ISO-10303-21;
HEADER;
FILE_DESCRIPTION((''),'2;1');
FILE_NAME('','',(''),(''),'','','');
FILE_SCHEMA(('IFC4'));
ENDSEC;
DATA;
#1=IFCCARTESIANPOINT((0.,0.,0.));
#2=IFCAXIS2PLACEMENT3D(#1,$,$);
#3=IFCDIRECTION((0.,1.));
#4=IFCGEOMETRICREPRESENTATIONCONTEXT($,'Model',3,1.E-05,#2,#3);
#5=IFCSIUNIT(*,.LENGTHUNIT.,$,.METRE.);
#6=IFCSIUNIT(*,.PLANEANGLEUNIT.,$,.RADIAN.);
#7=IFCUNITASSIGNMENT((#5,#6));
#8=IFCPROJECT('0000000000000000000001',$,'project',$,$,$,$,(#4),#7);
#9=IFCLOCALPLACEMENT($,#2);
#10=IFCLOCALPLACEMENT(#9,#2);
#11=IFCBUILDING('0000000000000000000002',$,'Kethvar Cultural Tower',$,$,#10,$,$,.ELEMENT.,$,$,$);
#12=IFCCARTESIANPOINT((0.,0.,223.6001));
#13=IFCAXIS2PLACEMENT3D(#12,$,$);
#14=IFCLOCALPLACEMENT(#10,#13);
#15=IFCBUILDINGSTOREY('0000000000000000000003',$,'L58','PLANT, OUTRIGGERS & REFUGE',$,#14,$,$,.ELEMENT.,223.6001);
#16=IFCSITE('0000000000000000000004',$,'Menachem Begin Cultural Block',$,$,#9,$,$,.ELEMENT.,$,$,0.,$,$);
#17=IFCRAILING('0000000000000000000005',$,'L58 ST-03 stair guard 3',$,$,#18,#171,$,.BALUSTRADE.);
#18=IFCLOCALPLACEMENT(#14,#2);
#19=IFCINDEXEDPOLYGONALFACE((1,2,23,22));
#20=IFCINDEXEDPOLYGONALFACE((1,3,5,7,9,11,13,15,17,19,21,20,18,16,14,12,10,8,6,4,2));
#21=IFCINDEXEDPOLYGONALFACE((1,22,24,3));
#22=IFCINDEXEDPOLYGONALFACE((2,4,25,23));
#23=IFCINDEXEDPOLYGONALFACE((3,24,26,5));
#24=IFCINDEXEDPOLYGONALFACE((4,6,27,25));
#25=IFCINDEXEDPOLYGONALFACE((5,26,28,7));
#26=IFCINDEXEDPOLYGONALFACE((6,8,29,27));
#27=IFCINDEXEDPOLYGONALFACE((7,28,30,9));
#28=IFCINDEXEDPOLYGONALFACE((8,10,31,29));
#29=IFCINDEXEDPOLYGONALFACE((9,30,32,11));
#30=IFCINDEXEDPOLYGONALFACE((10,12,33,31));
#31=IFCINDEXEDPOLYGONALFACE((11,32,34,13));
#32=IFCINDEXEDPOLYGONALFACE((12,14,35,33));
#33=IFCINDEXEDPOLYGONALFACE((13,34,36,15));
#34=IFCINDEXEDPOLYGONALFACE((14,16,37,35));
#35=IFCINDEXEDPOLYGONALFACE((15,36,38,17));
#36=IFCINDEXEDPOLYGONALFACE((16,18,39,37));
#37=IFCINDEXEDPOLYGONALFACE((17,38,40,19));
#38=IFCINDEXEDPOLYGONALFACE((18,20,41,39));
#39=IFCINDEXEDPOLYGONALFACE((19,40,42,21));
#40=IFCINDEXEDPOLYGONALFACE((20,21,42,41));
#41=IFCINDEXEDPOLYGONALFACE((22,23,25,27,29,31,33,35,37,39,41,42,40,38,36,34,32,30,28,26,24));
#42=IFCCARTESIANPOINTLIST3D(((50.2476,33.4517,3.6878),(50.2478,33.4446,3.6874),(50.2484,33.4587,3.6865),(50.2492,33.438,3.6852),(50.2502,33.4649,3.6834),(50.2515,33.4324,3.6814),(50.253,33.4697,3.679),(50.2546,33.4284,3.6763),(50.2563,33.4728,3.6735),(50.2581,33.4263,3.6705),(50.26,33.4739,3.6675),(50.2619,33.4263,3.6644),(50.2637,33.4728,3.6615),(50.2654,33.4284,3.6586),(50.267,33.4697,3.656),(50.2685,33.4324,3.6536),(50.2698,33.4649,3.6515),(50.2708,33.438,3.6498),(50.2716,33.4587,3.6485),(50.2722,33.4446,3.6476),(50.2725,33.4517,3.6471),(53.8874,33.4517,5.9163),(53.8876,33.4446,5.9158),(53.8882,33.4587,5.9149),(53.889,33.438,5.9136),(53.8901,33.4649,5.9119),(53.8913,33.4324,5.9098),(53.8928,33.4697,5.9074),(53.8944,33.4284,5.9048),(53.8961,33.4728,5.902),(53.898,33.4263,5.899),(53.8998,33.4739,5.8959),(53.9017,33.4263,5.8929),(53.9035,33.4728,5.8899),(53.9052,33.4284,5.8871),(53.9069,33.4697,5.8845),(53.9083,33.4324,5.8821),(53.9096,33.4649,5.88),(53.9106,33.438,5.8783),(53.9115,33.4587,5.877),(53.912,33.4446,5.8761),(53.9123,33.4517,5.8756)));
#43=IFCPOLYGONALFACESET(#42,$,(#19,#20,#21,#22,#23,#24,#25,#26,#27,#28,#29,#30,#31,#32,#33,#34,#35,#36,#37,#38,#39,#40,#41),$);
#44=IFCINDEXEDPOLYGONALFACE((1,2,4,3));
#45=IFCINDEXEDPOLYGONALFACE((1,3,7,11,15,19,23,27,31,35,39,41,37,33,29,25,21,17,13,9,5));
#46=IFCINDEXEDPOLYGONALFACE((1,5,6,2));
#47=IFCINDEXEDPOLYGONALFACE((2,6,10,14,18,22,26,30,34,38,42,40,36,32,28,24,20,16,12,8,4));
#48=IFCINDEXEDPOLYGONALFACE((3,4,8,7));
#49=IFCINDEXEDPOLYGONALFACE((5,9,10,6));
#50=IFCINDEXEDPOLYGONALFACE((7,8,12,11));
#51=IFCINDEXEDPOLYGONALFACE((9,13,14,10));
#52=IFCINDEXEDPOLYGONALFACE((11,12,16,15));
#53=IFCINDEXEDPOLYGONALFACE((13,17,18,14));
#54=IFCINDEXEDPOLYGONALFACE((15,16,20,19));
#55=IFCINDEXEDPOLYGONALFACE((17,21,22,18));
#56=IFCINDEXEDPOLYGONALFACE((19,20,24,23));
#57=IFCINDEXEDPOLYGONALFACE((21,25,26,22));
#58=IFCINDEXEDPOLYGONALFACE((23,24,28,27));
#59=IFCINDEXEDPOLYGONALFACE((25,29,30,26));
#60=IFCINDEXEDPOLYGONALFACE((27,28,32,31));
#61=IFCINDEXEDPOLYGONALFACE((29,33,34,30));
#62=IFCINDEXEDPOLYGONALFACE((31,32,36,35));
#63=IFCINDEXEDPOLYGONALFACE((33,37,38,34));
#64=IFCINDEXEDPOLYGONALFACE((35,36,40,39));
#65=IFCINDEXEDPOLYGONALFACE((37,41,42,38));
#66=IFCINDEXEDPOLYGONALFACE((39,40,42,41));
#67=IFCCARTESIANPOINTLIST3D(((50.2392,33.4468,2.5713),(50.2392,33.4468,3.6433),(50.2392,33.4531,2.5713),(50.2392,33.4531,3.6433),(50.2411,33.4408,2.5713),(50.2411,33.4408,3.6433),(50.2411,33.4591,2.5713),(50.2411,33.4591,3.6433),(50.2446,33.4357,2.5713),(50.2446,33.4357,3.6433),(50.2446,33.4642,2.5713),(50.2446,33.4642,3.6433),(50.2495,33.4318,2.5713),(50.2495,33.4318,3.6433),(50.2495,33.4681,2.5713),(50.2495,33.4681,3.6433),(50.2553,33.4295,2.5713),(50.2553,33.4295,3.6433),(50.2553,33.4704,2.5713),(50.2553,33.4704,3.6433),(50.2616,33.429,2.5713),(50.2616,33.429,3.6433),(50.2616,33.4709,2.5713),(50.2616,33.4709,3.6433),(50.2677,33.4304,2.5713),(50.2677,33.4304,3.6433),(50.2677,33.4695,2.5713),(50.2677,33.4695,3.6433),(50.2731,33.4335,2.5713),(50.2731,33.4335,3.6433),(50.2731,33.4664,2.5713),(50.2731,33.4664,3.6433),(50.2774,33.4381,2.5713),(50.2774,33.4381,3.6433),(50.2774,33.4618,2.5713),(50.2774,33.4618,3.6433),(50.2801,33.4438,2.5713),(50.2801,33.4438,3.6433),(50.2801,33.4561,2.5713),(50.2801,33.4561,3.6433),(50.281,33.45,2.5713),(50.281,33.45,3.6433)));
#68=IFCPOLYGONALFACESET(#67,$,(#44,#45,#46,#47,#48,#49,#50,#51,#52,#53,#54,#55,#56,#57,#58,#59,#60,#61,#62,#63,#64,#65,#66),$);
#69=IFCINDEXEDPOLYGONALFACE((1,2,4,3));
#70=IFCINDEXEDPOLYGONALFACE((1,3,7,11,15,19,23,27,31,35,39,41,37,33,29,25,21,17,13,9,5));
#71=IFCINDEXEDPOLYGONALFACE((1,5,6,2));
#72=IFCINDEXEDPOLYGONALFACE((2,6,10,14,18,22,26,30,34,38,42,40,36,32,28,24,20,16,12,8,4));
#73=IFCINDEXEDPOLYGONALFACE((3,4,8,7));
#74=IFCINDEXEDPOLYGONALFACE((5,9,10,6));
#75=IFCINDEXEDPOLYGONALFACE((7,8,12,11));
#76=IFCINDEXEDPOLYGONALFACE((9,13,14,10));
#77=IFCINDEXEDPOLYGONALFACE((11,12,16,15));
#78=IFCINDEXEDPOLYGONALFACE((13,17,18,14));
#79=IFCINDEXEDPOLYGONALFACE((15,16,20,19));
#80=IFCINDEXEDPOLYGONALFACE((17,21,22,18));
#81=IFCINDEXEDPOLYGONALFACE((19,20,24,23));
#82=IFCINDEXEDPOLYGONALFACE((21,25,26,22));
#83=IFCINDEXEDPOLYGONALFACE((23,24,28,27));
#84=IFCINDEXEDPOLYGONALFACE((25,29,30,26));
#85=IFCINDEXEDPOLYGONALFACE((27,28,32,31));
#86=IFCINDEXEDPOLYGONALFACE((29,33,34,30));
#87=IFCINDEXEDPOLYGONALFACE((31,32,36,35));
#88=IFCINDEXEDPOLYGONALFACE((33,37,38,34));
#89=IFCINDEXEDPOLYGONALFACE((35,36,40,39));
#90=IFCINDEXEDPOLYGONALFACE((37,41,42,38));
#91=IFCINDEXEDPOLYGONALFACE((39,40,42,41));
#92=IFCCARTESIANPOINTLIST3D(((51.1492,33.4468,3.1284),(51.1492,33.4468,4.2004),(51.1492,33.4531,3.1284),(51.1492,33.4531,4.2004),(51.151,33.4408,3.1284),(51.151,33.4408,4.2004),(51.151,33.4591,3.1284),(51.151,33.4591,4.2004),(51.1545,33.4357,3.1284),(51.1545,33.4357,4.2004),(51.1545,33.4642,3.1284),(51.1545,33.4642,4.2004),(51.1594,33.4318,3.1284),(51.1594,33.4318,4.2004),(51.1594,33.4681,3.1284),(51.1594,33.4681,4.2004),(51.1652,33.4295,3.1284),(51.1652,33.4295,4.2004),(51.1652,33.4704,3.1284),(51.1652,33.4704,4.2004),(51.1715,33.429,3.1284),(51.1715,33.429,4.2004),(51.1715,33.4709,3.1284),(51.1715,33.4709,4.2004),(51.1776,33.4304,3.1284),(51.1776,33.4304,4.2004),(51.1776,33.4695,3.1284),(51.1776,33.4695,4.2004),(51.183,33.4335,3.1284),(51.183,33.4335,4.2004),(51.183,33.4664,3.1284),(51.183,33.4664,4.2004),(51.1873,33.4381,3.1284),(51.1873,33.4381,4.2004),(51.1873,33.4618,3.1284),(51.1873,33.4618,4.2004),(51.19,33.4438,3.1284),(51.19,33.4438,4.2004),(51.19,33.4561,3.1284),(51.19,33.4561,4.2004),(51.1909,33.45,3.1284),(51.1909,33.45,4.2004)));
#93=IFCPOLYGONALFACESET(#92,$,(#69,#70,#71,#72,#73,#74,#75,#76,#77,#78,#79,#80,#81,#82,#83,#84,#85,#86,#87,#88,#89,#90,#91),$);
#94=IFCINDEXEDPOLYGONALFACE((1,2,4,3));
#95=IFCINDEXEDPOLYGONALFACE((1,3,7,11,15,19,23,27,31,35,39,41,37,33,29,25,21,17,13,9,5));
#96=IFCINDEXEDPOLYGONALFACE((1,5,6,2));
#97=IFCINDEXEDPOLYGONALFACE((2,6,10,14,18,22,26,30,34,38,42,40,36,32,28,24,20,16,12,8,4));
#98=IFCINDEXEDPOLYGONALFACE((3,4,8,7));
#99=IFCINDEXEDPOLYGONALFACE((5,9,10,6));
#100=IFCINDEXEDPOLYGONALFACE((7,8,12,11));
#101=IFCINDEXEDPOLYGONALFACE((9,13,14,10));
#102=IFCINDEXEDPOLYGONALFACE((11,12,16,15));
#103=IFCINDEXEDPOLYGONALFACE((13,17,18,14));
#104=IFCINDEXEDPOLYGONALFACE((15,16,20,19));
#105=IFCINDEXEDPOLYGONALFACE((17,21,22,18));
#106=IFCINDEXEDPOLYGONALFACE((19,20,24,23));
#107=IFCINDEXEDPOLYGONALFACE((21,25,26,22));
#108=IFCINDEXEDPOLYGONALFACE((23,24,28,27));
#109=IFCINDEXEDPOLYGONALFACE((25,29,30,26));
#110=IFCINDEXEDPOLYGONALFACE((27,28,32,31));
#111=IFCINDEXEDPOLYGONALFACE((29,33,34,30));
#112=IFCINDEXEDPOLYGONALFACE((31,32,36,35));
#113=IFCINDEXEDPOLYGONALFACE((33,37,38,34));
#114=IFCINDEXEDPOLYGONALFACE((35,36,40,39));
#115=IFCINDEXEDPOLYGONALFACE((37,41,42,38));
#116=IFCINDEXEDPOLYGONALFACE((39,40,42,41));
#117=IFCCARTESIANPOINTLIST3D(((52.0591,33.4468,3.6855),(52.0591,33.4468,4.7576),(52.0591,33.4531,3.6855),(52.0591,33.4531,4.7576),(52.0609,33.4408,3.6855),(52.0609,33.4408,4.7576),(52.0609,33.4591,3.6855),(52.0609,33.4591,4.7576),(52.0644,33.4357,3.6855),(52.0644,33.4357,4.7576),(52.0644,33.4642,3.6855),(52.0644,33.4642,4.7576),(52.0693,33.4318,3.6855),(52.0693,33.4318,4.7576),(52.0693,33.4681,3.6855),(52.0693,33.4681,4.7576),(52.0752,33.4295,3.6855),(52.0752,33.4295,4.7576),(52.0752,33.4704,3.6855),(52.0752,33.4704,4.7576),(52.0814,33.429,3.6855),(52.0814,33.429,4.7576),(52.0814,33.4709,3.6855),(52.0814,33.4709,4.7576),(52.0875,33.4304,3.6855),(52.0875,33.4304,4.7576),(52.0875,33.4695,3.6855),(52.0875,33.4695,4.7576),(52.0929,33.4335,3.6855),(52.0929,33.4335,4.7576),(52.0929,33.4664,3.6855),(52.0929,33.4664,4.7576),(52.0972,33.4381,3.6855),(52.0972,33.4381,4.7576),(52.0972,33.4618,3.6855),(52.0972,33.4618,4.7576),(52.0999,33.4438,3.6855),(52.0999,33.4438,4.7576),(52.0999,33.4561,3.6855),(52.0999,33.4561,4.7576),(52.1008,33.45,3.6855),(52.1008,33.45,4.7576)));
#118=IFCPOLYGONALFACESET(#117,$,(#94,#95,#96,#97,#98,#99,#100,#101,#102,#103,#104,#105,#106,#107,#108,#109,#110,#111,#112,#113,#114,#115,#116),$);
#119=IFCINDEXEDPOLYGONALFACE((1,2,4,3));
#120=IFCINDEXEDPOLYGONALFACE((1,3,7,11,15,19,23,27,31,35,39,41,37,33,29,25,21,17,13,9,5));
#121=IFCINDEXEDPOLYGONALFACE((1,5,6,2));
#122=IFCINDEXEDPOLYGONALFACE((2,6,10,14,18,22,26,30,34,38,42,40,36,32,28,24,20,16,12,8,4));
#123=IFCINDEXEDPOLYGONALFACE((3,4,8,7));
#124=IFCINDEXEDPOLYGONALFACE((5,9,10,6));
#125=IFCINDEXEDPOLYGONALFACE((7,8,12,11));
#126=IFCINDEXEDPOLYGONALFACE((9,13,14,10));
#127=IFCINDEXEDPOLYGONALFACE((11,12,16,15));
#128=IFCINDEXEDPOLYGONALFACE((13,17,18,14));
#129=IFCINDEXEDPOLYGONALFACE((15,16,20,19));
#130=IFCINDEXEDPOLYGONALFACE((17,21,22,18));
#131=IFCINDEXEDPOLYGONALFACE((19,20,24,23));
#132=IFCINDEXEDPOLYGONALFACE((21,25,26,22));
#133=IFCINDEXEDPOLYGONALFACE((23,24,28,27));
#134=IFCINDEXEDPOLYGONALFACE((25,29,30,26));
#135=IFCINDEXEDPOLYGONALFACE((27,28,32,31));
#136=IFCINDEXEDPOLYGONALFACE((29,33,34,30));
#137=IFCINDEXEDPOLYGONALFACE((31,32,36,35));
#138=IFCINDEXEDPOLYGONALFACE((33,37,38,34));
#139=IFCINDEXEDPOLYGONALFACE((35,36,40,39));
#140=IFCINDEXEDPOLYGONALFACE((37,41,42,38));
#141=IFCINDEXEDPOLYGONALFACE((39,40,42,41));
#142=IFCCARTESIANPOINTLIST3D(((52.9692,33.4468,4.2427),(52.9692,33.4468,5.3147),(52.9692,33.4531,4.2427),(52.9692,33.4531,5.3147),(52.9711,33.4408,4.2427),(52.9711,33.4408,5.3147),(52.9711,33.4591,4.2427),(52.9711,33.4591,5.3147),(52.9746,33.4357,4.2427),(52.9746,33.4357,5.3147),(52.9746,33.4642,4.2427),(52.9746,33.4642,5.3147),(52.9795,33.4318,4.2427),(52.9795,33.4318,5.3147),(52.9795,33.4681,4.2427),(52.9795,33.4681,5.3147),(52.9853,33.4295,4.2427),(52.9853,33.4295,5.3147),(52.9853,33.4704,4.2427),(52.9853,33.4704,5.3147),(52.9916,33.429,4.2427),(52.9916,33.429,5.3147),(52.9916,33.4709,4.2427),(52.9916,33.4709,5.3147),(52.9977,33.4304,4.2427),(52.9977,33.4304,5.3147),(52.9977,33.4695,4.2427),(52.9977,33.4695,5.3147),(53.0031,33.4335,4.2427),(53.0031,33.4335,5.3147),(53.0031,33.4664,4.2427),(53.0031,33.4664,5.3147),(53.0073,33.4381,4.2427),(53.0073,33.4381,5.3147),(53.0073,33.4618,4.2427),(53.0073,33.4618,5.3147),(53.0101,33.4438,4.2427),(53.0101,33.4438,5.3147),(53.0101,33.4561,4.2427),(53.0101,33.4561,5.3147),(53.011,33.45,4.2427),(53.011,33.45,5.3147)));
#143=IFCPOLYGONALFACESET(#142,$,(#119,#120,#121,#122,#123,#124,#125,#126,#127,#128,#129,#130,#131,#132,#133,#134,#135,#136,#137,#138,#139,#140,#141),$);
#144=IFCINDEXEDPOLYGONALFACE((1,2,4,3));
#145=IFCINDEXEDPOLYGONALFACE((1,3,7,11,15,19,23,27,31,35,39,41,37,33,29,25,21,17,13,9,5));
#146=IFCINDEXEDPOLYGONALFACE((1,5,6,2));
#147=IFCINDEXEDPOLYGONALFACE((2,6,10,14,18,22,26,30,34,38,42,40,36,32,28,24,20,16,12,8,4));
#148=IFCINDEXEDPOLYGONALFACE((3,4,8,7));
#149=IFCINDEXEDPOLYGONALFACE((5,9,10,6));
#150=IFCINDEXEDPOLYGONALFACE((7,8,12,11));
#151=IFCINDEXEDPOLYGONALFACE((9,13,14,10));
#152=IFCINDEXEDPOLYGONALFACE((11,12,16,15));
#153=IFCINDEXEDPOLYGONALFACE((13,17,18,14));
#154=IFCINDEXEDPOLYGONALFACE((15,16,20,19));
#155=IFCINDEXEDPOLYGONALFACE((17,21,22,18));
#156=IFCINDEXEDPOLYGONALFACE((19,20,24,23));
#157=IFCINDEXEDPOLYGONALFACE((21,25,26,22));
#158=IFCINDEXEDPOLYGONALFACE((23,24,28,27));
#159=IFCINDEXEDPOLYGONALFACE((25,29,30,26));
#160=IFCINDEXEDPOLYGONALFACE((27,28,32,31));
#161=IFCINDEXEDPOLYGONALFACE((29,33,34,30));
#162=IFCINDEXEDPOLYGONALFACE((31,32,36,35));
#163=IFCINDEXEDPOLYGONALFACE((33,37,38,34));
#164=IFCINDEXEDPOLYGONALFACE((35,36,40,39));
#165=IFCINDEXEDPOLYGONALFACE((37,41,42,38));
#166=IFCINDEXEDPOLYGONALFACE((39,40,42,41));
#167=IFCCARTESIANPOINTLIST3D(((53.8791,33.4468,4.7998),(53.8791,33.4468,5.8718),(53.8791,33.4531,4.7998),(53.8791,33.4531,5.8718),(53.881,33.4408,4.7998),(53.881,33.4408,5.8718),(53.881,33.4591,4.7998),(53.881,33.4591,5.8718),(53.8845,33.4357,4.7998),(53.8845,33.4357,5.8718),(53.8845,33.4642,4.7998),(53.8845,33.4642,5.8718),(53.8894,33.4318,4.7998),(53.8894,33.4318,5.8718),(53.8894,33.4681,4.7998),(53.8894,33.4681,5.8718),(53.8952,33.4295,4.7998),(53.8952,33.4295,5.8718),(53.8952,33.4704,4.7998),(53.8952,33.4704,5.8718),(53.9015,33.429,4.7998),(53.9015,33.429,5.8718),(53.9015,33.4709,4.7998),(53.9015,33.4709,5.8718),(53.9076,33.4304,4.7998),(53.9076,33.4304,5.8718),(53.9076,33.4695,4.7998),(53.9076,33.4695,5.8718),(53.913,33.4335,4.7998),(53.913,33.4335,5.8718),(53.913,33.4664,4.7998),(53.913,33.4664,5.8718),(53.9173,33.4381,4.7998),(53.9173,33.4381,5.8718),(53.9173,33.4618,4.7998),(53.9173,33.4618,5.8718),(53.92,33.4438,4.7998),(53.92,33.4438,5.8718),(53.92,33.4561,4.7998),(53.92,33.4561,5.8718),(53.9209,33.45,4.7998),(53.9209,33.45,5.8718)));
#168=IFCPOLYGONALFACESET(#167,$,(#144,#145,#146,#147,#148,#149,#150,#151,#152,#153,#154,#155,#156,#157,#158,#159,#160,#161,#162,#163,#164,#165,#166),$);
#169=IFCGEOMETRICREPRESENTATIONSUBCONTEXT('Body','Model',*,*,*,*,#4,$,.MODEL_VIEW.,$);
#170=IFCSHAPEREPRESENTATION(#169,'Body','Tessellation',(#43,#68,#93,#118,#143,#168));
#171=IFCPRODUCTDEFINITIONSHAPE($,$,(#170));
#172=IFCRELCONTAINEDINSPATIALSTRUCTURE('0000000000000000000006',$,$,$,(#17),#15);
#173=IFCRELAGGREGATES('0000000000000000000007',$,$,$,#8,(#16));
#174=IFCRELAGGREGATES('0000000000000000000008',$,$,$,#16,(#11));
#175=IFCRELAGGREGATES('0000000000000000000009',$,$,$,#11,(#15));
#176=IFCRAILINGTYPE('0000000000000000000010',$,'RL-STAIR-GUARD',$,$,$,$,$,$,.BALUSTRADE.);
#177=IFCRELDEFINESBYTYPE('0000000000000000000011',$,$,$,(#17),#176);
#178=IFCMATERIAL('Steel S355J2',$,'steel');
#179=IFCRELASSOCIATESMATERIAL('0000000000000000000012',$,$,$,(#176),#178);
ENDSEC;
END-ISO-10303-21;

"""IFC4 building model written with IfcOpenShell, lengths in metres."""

from ifc_helpers import new_model, si_unit, direction, frame, origin, origin_2d, place, context, subcontext, project, spatial, circle, extrude, material, type_object, element, save


model = new_model("IFC4")

# Units and contexts
model_context = context("Model", 3, precision=1e-05, world=origin(), true_north=direction((0.0, 1.0)))
body_context = subcontext(model_context, "Body", "Model", "MODEL_VIEW")
ifc_project = project(units=[si_unit("LENGTHUNIT", "METRE"), si_unit("PLANEANGLEUNIT", "RADIAN")], contexts=[model_context])

# Site, building, storey
site_placement = place(None, origin())
site = spatial("IfcSite", under=ifc_project, at=site_placement, Name="Menachem Begin Cultural Block", CompositionType="ELEMENT", RefElevation=0.0)
building_placement = place(site_placement, origin())
building = spatial("IfcBuilding", under=site, at=building_placement, Name="Kethvar Cultural Tower", CompositionType="ELEMENT")
storey_placement = place(building_placement, frame((0.0, 0.0, 223.6001)))
storey = spatial("IfcBuildingStorey", under=building, at=storey_placement, Name="L58", Description="PLANT, OUTRIGGERS & REFUGE", CompositionType="ELEMENT", Elevation=223.6001)

# Shared definitions
ifc_material_1 = material(Name="Steel S355J2", Category="steel")

# Railing
railing_type_1 = type_object("IfcRailingType", Name="RL-STAIR-GUARD", PredefinedType="BALUSTRADE", material=ifc_material_1)
railing_1_placement = place(storey_placement, frame((50.26, 33.45, 2.5713)))
element("IfcRailing", 1, at=railing_1_placement, inside=storey, type_object=railing_type_1, Name="L58 ST-03 stair guard 3", PredefinedType="BALUSTRADE", context=body_context, shape_type="SweptSolid", body=[
    extrude(circle(Radius=0.0239, at=origin_2d()), frame((0.0, 0.0, 1.0962), z_axis=(0.85285, 0.0, 0.522156), x_axis=(0.0, 1.0, 0.0)), (0.0, 0.0, 1.0), 4.2678),
    extrude(circle(Radius=0.021, at=origin_2d()), origin(), (0.0, 0.0, 1.0), 1.072),
    extrude(circle(Radius=0.021, at=origin_2d()), frame((0.9099, 0.0, 0.5571)), (0.0, 0.0, 1.0), 1.072),
    extrude(circle(Radius=0.021, at=origin_2d()), frame((1.8198, 0.0, 1.1143)), (0.0, 0.0, 1.0), 1.072),
    extrude(circle(Radius=0.021, at=origin_2d()), frame((2.73, 0.0, 1.6714)), (0.0, 0.0, 1.0), 1.072),
    extrude(circle(Radius=0.021, at=origin_2d()), frame((3.6399, 0.0, 2.2285)), (0.0, 0.0, 1.0), 1.072),
])

save(model, "model.ifc")
